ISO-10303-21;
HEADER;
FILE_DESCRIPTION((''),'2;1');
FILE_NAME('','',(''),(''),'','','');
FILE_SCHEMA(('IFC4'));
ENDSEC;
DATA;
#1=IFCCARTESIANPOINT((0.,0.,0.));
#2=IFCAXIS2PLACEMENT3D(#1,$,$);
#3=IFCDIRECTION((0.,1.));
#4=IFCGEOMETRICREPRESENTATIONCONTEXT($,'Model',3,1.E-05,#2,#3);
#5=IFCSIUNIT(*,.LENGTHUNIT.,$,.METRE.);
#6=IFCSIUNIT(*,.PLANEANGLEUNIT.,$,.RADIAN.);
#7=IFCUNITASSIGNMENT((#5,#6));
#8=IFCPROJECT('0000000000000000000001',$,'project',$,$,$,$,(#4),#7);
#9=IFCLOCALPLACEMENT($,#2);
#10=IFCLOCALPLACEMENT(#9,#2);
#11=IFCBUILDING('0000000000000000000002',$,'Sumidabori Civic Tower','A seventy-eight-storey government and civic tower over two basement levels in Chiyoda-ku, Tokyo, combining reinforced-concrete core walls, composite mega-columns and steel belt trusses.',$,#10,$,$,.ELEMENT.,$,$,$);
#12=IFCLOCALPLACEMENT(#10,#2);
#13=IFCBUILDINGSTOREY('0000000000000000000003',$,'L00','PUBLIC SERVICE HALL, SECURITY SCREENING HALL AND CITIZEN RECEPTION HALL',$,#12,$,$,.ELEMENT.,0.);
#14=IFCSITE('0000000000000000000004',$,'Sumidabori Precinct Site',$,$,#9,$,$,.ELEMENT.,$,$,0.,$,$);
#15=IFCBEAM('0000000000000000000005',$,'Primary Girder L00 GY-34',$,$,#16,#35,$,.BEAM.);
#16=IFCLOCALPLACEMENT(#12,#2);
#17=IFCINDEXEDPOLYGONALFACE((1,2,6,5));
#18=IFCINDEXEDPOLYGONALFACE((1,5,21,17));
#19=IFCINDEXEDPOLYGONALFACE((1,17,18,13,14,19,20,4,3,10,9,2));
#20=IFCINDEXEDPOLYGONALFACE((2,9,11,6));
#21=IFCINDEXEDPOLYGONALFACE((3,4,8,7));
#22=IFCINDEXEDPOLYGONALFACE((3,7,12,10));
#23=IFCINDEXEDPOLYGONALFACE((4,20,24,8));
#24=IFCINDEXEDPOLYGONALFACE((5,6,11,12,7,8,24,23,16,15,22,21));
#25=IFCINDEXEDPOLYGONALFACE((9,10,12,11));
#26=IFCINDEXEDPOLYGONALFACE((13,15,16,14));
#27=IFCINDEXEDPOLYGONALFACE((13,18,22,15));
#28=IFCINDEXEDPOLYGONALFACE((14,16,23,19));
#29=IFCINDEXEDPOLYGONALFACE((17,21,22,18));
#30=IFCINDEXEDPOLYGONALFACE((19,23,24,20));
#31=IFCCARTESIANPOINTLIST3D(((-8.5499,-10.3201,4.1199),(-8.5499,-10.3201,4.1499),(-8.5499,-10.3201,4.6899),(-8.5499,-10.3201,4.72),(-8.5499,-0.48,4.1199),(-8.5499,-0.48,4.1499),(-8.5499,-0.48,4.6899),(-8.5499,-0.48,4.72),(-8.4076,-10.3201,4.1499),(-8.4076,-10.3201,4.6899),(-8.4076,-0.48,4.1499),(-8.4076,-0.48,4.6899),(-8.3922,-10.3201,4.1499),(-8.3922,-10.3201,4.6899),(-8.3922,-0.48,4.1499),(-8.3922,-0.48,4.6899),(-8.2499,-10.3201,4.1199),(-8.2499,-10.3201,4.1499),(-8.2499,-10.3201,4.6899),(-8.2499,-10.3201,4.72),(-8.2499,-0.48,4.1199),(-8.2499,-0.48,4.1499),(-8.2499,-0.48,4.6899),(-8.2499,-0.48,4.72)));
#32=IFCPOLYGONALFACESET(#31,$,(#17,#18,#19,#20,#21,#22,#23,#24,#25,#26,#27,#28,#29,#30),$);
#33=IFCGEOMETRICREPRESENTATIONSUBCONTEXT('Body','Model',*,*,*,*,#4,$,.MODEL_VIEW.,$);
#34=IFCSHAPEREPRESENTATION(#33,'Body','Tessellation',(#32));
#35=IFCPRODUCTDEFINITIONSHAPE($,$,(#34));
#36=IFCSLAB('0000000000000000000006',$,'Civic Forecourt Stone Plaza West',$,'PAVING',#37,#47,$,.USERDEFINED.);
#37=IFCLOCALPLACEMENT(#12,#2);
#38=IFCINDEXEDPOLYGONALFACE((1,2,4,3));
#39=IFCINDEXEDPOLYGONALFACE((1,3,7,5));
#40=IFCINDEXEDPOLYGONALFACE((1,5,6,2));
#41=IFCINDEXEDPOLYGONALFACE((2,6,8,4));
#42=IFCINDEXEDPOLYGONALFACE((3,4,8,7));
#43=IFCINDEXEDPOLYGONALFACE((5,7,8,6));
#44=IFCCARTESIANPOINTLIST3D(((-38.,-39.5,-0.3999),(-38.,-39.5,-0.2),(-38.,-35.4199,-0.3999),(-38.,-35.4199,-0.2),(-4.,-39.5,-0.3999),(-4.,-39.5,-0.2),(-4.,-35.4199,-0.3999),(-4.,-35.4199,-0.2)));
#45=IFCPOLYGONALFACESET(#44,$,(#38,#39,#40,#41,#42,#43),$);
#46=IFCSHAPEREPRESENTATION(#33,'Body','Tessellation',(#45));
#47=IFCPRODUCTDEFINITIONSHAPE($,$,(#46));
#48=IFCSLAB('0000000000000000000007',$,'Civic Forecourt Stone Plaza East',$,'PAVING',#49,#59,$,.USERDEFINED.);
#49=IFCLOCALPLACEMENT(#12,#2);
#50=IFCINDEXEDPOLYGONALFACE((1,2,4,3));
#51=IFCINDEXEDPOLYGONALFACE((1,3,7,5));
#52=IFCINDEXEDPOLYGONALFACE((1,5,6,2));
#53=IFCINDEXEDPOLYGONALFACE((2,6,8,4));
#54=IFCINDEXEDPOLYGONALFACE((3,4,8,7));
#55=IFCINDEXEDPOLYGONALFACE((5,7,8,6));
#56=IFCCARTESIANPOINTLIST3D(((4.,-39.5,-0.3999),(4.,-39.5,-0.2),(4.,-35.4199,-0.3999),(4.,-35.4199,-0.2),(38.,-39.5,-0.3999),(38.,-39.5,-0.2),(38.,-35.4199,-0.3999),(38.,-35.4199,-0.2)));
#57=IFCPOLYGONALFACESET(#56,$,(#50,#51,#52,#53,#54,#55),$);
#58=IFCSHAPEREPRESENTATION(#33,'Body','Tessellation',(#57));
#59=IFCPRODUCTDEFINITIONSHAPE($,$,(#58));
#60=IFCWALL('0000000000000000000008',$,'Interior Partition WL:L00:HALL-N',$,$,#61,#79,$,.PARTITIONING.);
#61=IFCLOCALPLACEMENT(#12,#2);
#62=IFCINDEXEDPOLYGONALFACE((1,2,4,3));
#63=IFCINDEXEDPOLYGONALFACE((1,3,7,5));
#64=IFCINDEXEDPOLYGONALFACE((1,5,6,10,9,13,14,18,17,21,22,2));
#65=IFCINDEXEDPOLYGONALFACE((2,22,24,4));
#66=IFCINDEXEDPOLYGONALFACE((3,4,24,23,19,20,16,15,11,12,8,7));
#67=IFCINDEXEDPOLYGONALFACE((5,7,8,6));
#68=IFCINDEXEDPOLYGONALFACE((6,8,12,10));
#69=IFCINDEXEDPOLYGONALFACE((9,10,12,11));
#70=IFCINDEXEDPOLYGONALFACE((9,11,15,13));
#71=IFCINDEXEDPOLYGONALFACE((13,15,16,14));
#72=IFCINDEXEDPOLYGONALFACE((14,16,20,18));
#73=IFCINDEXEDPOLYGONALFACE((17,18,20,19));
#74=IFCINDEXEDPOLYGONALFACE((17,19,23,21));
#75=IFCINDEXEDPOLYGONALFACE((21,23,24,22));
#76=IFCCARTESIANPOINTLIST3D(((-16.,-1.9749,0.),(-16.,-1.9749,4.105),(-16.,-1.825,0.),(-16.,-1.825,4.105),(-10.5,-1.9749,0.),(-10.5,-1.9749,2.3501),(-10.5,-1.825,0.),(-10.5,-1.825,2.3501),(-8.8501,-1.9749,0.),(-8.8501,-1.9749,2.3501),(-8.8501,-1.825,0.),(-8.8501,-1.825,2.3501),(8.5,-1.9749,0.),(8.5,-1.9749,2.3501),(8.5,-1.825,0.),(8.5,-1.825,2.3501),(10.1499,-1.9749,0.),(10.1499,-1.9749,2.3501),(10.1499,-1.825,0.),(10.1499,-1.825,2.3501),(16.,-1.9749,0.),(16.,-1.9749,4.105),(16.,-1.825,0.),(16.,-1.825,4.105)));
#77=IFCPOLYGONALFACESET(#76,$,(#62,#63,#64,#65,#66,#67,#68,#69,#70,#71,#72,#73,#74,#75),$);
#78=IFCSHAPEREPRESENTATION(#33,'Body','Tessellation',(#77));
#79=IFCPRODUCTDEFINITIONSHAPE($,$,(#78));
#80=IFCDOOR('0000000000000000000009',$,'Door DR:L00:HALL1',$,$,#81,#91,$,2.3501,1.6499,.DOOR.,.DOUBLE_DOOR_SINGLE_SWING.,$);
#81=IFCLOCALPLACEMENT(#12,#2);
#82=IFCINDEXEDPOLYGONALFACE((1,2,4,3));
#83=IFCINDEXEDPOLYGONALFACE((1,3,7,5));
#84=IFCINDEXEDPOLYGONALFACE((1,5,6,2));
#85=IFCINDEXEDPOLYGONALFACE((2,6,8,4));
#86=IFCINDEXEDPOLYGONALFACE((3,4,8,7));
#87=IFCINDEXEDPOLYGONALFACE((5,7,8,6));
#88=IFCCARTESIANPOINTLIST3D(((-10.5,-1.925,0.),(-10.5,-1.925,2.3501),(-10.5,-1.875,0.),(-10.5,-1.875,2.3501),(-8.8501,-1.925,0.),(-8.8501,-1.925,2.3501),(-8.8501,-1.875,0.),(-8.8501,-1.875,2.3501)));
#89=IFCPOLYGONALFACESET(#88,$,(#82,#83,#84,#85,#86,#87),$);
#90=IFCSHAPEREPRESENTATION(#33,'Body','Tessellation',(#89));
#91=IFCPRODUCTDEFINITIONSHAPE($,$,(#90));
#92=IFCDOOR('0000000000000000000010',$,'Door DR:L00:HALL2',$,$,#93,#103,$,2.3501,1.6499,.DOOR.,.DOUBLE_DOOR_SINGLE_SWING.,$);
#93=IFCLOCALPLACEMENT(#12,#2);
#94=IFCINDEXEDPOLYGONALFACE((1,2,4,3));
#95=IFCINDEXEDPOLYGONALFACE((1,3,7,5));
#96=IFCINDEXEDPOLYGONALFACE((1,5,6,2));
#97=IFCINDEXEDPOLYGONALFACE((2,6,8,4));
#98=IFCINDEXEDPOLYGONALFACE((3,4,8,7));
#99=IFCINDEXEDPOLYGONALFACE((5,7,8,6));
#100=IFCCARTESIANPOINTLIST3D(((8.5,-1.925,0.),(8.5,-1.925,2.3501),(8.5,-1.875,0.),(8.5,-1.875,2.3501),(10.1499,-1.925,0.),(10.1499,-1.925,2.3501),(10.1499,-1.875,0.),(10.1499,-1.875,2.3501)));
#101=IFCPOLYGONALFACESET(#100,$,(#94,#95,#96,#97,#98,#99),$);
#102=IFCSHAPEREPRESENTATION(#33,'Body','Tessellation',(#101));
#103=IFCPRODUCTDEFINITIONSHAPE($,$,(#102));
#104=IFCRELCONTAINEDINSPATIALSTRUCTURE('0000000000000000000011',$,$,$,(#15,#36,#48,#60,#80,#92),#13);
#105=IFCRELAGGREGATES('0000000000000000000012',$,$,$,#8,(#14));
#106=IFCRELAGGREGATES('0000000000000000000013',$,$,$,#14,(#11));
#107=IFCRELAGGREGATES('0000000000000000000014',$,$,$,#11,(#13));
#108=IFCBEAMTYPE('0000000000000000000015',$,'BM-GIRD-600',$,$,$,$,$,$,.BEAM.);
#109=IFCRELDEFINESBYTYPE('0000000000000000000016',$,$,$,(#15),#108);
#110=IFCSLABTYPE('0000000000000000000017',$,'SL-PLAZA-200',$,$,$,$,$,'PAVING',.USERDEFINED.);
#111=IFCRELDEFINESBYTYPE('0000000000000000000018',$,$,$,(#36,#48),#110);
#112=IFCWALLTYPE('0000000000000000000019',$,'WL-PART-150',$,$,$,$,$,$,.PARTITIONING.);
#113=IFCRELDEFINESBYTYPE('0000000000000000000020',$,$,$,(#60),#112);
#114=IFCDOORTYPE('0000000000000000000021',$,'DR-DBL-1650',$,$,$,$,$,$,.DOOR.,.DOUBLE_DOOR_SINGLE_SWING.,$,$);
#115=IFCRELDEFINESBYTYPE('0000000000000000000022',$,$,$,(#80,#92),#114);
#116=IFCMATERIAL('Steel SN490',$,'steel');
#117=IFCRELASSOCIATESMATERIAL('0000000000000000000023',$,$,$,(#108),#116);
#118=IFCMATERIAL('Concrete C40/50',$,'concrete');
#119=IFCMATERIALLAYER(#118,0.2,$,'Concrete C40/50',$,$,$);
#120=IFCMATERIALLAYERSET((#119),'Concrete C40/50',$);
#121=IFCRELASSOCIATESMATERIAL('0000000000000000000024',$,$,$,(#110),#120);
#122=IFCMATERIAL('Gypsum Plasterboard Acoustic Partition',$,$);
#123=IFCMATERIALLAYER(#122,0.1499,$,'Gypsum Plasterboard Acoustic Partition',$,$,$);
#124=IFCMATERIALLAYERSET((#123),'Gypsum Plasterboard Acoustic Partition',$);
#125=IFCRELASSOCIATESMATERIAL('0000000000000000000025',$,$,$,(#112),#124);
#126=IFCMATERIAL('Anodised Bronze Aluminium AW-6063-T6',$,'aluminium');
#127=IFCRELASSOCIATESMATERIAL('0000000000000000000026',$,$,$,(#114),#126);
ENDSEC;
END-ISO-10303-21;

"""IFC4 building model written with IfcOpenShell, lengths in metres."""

from ifc_helpers import new_model, si_unit, direction, frame, frame_2d, origin, origin_2d, place, context, subcontext, project, spatial, polyline, rectangle, i_section, outline, extrude, source, transform, mapped, material, layer, layer_set, material_profile, profile_set, type_object, element, fill, save


model = new_model("IFC4")

# Units and contexts
model_context = context("Model", 3, precision=1e-05, world=origin(), true_north=direction((0.0, 1.0)))
body_context = subcontext(model_context, "Body", "Model", "MODEL_VIEW")
ifc_project = project(units=[si_unit("LENGTHUNIT", "METRE"), si_unit("PLANEANGLEUNIT", "RADIAN")], contexts=[model_context])

# Site, building, storey
site_placement = place(None, origin())
site = spatial("IfcSite", under=ifc_project, at=site_placement, Name="Sumidabori Precinct Site", CompositionType="ELEMENT", RefElevation=0.0)
building_placement = place(site_placement, origin())
building = spatial("IfcBuilding", under=site, at=building_placement, Name="Sumidabori Civic Tower", Description="A seventy-eight-storey government and civic tower over two basement levels in Chiyoda-ku, Tokyo, combining reinforced-concrete core walls, composite mega-columns and steel belt trusses.", CompositionType="ELEMENT")
storey_placement = place(building_placement, origin())
storey = spatial("IfcBuildingStorey", under=building, at=storey_placement, Name="L00", Description="PUBLIC SERVICE HALL, SECURITY SCREENING HALL AND CITIZEN RECEPTION HALL", CompositionType="ELEMENT", Elevation=0.0)

# Beam
ifc_material_1 = material(Name="Steel SN490", Category="steel")
ifc_material_profile_1 = material_profile(ifc_material_1, i_section(OverallWidth=0.3, OverallDepth=0.6001, WebThickness=0.0154, FlangeThickness=0.03, at=origin_2d()), Name="HE 600 B")
ifc_profile_set_1 = profile_set([ifc_material_profile_1], Name="Steel SN490")
beam_type_1 = type_object("IfcBeamType", Name="BM-GIRD-600", PredefinedType="BEAM", material=ifc_profile_set_1)
shared_shape_1 = source(origin(), body_context, "Body", "SweptSolid", [
    extrude(i_section(OverallWidth=0.3, OverallDepth=0.6001, WebThickness=0.0154, FlangeThickness=0.03, at=origin_2d()), origin(), (0.0, 0.0, 1.0), 9.8401),
])
beam_1_placement = place(storey_placement, frame((-8.3999, -10.3201, 4.4199), z_axis=(0.0, 1.0, 0.0), x_axis=(-1.0, 0.0, 0.0)))
element("IfcBeam", 1, at=beam_1_placement, inside=storey, type_object=beam_type_1, Name="Primary Girder L00 GY-34", PredefinedType="BEAM", context=body_context, shape_type="MappedRepresentation", body=[
    mapped(shared_shape_1, transform((0.0, 0.0, 0.0), x_axis=(1.0, 0.0, 0.0), y_axis=(0.0, 1.0, 0.0), z_axis=(0.0, 0.0, 1.0), scale=1.0)),
])

# Slabs
ifc_material_2 = material(Name="Concrete C40/50", Category="concrete")
ifc_layer_1 = layer(ifc_material_2, 0.2, Name="Concrete C40/50")
ifc_layer_set_1 = layer_set([ifc_layer_1], Name="Concrete C40/50")
slab_type = type_object("IfcSlabType", Name="SL-PLAZA-200", ElementType="PAVING", PredefinedType="USERDEFINED", material=ifc_layer_set_1)
slab_1_placement = place(storey_placement, frame((0.0, 0.0, -0.3999)))
element("IfcSlab", 2, at=slab_1_placement, inside=storey, type_object=slab_type, Name="Civic Forecourt Stone Plaza West", ObjectType="PAVING", PredefinedType="USERDEFINED", context=body_context, shape_type="SweptSolid", body=[
    extrude(outline(polyline([(-38.0, -39.5), (-4.0, -39.5), (-4.0, -35.4199), (-38.0, -35.4199), (-38.0, -39.5)])), origin(), (0.0, 0.0, 1.0), 0.2),
])
slab_2_placement = place(storey_placement, frame((0.0, 0.0, -0.3999)))
element("IfcSlab", 3, at=slab_2_placement, inside=storey, type_object=slab_type, Name="Civic Forecourt Stone Plaza East", ObjectType="PAVING", PredefinedType="USERDEFINED", context=body_context, shape_type="SweptSolid", body=[
    extrude(outline(polyline([(4.0, -39.5), (38.0, -39.5), (38.0, -35.4199), (4.0, -35.4199), (4.0, -39.5)])), origin(), (0.0, 0.0, 1.0), 0.2),
])

# Wall, openings, doors
ifc_material_3 = material(Name="Gypsum Plasterboard Acoustic Partition")
ifc_layer_2 = layer(ifc_material_3, 0.1499, Name="Gypsum Plasterboard Acoustic Partition")
ifc_layer_set_2 = layer_set([ifc_layer_2], Name="Gypsum Plasterboard Acoustic Partition")
wall_type = type_object("IfcWallType", Name="WL-PART-150", PredefinedType="PARTITIONING", material=ifc_layer_set_2)
shared_shape_2 = source(origin(), body_context, "Body", "SweptSolid", [
    extrude(rectangle(XDim=32.0, YDim=0.1499, at=frame_2d((16.0, 0.0))), origin(), (0.0, 0.0, 1.0), 4.105),
])
wall_placement = place(storey_placement, frame((-16.0, -1.8999, 0.0), z_axis=(0.0, 0.0, 1.0), x_axis=(1.0, 0.0, 0.0)))
wall = element("IfcWall", 4, at=wall_placement, inside=storey, type_object=wall_type, Name="Interior Partition WL:L00:HALL-N", PredefinedType="PARTITIONING", context=body_context, shape_type="MappedRepresentation", body=[
    mapped(shared_shape_2, transform((0.0, 0.0, 0.0), x_axis=(1.0, 0.0, 0.0), y_axis=(0.0, 1.0, 0.0), z_axis=(0.0, 0.0, 1.0), scale=1.0)),
])
opening_1_placement = place(wall_placement, frame((5.5, 0.0, 0.0)))
opening_1 = element("IfcOpeningElement", 5, at=opening_1_placement, cuts=wall, PredefinedType="OPENING", context=body_context, shape_type="SweptSolid", body=[
    extrude(rectangle(XDim=1.6499, YDim=2.3501, at=frame_2d((0.825, 1.175))), frame((0.0, 0.0869, 0.0), z_axis=(0.0, -1.0, 0.0), x_axis=(1.0, 0.0, 0.0)), (0.0, 0.0, 1.0), 0.1738),
])
opening_2_placement = place(wall_placement, frame((24.5, 0.0, 0.0)))
opening_2 = element("IfcOpeningElement", 6, at=opening_2_placement, cuts=wall, PredefinedType="OPENING", context=body_context, shape_type="SweptSolid", body=[
    extrude(rectangle(XDim=1.6499, YDim=2.3501, at=frame_2d((0.825, 1.175))), frame((0.0, 0.0869, 0.0), z_axis=(0.0, -1.0, 0.0), x_axis=(1.0, 0.0, 0.0)), (0.0, 0.0, 1.0), 0.1738),
])
ifc_material_4 = material(Name="Anodised Bronze Aluminium AW-6063-T6", Category="aluminium")
door_type = type_object("IfcDoorType", Name="DR-DBL-1650", OperationType="DOUBLE_DOOR_SINGLE_SWING", PredefinedType="DOOR", material=ifc_material_4)
shared_shape_3 = source(origin(), body_context, "Body", "SweptSolid", [
    extrude(rectangle(XDim=1.6499, YDim=2.3501, at=frame_2d((0.825, 1.175))), frame((0.0, 0.0249, 0.0), z_axis=(0.0, -1.0, 0.0), x_axis=(1.0, 0.0, 0.0)), (0.0, 0.0, 1.0), 0.05),
])
door_1_placement = place(opening_1_placement, origin())
door_1 = element("IfcDoor", 7, at=door_1_placement, inside=storey, type_object=door_type, Name="Door DR:L00:HALL1", OperationType="DOUBLE_DOOR_SINGLE_SWING", OverallHeight=2.3501, OverallWidth=1.6499, PredefinedType="DOOR", context=body_context, shape_type="MappedRepresentation", body=[
    mapped(shared_shape_3, transform((0.0, 0.0, 0.0), x_axis=(1.0, 0.0, 0.0), y_axis=(0.0, 1.0, 0.0), z_axis=(0.0, 0.0, 1.0), scale=1.0)),
])
fill(opening_1, door_1)
door_2_placement = place(opening_2_placement, origin())
door_2 = element("IfcDoor", 8, at=door_2_placement, inside=storey, type_object=door_type, Name="Door DR:L00:HALL2", OperationType="DOUBLE_DOOR_SINGLE_SWING", OverallHeight=2.3501, OverallWidth=1.6499, PredefinedType="DOOR", context=body_context, shape_type="MappedRepresentation", body=[
    mapped(shared_shape_3, transform((0.0, 0.0, 0.0), x_axis=(1.0, 0.0, 0.0), y_axis=(0.0, 1.0, 0.0), z_axis=(0.0, 0.0, 1.0), scale=1.0)),
])
fill(opening_2, door_2)

save(model, "model.ifc")
